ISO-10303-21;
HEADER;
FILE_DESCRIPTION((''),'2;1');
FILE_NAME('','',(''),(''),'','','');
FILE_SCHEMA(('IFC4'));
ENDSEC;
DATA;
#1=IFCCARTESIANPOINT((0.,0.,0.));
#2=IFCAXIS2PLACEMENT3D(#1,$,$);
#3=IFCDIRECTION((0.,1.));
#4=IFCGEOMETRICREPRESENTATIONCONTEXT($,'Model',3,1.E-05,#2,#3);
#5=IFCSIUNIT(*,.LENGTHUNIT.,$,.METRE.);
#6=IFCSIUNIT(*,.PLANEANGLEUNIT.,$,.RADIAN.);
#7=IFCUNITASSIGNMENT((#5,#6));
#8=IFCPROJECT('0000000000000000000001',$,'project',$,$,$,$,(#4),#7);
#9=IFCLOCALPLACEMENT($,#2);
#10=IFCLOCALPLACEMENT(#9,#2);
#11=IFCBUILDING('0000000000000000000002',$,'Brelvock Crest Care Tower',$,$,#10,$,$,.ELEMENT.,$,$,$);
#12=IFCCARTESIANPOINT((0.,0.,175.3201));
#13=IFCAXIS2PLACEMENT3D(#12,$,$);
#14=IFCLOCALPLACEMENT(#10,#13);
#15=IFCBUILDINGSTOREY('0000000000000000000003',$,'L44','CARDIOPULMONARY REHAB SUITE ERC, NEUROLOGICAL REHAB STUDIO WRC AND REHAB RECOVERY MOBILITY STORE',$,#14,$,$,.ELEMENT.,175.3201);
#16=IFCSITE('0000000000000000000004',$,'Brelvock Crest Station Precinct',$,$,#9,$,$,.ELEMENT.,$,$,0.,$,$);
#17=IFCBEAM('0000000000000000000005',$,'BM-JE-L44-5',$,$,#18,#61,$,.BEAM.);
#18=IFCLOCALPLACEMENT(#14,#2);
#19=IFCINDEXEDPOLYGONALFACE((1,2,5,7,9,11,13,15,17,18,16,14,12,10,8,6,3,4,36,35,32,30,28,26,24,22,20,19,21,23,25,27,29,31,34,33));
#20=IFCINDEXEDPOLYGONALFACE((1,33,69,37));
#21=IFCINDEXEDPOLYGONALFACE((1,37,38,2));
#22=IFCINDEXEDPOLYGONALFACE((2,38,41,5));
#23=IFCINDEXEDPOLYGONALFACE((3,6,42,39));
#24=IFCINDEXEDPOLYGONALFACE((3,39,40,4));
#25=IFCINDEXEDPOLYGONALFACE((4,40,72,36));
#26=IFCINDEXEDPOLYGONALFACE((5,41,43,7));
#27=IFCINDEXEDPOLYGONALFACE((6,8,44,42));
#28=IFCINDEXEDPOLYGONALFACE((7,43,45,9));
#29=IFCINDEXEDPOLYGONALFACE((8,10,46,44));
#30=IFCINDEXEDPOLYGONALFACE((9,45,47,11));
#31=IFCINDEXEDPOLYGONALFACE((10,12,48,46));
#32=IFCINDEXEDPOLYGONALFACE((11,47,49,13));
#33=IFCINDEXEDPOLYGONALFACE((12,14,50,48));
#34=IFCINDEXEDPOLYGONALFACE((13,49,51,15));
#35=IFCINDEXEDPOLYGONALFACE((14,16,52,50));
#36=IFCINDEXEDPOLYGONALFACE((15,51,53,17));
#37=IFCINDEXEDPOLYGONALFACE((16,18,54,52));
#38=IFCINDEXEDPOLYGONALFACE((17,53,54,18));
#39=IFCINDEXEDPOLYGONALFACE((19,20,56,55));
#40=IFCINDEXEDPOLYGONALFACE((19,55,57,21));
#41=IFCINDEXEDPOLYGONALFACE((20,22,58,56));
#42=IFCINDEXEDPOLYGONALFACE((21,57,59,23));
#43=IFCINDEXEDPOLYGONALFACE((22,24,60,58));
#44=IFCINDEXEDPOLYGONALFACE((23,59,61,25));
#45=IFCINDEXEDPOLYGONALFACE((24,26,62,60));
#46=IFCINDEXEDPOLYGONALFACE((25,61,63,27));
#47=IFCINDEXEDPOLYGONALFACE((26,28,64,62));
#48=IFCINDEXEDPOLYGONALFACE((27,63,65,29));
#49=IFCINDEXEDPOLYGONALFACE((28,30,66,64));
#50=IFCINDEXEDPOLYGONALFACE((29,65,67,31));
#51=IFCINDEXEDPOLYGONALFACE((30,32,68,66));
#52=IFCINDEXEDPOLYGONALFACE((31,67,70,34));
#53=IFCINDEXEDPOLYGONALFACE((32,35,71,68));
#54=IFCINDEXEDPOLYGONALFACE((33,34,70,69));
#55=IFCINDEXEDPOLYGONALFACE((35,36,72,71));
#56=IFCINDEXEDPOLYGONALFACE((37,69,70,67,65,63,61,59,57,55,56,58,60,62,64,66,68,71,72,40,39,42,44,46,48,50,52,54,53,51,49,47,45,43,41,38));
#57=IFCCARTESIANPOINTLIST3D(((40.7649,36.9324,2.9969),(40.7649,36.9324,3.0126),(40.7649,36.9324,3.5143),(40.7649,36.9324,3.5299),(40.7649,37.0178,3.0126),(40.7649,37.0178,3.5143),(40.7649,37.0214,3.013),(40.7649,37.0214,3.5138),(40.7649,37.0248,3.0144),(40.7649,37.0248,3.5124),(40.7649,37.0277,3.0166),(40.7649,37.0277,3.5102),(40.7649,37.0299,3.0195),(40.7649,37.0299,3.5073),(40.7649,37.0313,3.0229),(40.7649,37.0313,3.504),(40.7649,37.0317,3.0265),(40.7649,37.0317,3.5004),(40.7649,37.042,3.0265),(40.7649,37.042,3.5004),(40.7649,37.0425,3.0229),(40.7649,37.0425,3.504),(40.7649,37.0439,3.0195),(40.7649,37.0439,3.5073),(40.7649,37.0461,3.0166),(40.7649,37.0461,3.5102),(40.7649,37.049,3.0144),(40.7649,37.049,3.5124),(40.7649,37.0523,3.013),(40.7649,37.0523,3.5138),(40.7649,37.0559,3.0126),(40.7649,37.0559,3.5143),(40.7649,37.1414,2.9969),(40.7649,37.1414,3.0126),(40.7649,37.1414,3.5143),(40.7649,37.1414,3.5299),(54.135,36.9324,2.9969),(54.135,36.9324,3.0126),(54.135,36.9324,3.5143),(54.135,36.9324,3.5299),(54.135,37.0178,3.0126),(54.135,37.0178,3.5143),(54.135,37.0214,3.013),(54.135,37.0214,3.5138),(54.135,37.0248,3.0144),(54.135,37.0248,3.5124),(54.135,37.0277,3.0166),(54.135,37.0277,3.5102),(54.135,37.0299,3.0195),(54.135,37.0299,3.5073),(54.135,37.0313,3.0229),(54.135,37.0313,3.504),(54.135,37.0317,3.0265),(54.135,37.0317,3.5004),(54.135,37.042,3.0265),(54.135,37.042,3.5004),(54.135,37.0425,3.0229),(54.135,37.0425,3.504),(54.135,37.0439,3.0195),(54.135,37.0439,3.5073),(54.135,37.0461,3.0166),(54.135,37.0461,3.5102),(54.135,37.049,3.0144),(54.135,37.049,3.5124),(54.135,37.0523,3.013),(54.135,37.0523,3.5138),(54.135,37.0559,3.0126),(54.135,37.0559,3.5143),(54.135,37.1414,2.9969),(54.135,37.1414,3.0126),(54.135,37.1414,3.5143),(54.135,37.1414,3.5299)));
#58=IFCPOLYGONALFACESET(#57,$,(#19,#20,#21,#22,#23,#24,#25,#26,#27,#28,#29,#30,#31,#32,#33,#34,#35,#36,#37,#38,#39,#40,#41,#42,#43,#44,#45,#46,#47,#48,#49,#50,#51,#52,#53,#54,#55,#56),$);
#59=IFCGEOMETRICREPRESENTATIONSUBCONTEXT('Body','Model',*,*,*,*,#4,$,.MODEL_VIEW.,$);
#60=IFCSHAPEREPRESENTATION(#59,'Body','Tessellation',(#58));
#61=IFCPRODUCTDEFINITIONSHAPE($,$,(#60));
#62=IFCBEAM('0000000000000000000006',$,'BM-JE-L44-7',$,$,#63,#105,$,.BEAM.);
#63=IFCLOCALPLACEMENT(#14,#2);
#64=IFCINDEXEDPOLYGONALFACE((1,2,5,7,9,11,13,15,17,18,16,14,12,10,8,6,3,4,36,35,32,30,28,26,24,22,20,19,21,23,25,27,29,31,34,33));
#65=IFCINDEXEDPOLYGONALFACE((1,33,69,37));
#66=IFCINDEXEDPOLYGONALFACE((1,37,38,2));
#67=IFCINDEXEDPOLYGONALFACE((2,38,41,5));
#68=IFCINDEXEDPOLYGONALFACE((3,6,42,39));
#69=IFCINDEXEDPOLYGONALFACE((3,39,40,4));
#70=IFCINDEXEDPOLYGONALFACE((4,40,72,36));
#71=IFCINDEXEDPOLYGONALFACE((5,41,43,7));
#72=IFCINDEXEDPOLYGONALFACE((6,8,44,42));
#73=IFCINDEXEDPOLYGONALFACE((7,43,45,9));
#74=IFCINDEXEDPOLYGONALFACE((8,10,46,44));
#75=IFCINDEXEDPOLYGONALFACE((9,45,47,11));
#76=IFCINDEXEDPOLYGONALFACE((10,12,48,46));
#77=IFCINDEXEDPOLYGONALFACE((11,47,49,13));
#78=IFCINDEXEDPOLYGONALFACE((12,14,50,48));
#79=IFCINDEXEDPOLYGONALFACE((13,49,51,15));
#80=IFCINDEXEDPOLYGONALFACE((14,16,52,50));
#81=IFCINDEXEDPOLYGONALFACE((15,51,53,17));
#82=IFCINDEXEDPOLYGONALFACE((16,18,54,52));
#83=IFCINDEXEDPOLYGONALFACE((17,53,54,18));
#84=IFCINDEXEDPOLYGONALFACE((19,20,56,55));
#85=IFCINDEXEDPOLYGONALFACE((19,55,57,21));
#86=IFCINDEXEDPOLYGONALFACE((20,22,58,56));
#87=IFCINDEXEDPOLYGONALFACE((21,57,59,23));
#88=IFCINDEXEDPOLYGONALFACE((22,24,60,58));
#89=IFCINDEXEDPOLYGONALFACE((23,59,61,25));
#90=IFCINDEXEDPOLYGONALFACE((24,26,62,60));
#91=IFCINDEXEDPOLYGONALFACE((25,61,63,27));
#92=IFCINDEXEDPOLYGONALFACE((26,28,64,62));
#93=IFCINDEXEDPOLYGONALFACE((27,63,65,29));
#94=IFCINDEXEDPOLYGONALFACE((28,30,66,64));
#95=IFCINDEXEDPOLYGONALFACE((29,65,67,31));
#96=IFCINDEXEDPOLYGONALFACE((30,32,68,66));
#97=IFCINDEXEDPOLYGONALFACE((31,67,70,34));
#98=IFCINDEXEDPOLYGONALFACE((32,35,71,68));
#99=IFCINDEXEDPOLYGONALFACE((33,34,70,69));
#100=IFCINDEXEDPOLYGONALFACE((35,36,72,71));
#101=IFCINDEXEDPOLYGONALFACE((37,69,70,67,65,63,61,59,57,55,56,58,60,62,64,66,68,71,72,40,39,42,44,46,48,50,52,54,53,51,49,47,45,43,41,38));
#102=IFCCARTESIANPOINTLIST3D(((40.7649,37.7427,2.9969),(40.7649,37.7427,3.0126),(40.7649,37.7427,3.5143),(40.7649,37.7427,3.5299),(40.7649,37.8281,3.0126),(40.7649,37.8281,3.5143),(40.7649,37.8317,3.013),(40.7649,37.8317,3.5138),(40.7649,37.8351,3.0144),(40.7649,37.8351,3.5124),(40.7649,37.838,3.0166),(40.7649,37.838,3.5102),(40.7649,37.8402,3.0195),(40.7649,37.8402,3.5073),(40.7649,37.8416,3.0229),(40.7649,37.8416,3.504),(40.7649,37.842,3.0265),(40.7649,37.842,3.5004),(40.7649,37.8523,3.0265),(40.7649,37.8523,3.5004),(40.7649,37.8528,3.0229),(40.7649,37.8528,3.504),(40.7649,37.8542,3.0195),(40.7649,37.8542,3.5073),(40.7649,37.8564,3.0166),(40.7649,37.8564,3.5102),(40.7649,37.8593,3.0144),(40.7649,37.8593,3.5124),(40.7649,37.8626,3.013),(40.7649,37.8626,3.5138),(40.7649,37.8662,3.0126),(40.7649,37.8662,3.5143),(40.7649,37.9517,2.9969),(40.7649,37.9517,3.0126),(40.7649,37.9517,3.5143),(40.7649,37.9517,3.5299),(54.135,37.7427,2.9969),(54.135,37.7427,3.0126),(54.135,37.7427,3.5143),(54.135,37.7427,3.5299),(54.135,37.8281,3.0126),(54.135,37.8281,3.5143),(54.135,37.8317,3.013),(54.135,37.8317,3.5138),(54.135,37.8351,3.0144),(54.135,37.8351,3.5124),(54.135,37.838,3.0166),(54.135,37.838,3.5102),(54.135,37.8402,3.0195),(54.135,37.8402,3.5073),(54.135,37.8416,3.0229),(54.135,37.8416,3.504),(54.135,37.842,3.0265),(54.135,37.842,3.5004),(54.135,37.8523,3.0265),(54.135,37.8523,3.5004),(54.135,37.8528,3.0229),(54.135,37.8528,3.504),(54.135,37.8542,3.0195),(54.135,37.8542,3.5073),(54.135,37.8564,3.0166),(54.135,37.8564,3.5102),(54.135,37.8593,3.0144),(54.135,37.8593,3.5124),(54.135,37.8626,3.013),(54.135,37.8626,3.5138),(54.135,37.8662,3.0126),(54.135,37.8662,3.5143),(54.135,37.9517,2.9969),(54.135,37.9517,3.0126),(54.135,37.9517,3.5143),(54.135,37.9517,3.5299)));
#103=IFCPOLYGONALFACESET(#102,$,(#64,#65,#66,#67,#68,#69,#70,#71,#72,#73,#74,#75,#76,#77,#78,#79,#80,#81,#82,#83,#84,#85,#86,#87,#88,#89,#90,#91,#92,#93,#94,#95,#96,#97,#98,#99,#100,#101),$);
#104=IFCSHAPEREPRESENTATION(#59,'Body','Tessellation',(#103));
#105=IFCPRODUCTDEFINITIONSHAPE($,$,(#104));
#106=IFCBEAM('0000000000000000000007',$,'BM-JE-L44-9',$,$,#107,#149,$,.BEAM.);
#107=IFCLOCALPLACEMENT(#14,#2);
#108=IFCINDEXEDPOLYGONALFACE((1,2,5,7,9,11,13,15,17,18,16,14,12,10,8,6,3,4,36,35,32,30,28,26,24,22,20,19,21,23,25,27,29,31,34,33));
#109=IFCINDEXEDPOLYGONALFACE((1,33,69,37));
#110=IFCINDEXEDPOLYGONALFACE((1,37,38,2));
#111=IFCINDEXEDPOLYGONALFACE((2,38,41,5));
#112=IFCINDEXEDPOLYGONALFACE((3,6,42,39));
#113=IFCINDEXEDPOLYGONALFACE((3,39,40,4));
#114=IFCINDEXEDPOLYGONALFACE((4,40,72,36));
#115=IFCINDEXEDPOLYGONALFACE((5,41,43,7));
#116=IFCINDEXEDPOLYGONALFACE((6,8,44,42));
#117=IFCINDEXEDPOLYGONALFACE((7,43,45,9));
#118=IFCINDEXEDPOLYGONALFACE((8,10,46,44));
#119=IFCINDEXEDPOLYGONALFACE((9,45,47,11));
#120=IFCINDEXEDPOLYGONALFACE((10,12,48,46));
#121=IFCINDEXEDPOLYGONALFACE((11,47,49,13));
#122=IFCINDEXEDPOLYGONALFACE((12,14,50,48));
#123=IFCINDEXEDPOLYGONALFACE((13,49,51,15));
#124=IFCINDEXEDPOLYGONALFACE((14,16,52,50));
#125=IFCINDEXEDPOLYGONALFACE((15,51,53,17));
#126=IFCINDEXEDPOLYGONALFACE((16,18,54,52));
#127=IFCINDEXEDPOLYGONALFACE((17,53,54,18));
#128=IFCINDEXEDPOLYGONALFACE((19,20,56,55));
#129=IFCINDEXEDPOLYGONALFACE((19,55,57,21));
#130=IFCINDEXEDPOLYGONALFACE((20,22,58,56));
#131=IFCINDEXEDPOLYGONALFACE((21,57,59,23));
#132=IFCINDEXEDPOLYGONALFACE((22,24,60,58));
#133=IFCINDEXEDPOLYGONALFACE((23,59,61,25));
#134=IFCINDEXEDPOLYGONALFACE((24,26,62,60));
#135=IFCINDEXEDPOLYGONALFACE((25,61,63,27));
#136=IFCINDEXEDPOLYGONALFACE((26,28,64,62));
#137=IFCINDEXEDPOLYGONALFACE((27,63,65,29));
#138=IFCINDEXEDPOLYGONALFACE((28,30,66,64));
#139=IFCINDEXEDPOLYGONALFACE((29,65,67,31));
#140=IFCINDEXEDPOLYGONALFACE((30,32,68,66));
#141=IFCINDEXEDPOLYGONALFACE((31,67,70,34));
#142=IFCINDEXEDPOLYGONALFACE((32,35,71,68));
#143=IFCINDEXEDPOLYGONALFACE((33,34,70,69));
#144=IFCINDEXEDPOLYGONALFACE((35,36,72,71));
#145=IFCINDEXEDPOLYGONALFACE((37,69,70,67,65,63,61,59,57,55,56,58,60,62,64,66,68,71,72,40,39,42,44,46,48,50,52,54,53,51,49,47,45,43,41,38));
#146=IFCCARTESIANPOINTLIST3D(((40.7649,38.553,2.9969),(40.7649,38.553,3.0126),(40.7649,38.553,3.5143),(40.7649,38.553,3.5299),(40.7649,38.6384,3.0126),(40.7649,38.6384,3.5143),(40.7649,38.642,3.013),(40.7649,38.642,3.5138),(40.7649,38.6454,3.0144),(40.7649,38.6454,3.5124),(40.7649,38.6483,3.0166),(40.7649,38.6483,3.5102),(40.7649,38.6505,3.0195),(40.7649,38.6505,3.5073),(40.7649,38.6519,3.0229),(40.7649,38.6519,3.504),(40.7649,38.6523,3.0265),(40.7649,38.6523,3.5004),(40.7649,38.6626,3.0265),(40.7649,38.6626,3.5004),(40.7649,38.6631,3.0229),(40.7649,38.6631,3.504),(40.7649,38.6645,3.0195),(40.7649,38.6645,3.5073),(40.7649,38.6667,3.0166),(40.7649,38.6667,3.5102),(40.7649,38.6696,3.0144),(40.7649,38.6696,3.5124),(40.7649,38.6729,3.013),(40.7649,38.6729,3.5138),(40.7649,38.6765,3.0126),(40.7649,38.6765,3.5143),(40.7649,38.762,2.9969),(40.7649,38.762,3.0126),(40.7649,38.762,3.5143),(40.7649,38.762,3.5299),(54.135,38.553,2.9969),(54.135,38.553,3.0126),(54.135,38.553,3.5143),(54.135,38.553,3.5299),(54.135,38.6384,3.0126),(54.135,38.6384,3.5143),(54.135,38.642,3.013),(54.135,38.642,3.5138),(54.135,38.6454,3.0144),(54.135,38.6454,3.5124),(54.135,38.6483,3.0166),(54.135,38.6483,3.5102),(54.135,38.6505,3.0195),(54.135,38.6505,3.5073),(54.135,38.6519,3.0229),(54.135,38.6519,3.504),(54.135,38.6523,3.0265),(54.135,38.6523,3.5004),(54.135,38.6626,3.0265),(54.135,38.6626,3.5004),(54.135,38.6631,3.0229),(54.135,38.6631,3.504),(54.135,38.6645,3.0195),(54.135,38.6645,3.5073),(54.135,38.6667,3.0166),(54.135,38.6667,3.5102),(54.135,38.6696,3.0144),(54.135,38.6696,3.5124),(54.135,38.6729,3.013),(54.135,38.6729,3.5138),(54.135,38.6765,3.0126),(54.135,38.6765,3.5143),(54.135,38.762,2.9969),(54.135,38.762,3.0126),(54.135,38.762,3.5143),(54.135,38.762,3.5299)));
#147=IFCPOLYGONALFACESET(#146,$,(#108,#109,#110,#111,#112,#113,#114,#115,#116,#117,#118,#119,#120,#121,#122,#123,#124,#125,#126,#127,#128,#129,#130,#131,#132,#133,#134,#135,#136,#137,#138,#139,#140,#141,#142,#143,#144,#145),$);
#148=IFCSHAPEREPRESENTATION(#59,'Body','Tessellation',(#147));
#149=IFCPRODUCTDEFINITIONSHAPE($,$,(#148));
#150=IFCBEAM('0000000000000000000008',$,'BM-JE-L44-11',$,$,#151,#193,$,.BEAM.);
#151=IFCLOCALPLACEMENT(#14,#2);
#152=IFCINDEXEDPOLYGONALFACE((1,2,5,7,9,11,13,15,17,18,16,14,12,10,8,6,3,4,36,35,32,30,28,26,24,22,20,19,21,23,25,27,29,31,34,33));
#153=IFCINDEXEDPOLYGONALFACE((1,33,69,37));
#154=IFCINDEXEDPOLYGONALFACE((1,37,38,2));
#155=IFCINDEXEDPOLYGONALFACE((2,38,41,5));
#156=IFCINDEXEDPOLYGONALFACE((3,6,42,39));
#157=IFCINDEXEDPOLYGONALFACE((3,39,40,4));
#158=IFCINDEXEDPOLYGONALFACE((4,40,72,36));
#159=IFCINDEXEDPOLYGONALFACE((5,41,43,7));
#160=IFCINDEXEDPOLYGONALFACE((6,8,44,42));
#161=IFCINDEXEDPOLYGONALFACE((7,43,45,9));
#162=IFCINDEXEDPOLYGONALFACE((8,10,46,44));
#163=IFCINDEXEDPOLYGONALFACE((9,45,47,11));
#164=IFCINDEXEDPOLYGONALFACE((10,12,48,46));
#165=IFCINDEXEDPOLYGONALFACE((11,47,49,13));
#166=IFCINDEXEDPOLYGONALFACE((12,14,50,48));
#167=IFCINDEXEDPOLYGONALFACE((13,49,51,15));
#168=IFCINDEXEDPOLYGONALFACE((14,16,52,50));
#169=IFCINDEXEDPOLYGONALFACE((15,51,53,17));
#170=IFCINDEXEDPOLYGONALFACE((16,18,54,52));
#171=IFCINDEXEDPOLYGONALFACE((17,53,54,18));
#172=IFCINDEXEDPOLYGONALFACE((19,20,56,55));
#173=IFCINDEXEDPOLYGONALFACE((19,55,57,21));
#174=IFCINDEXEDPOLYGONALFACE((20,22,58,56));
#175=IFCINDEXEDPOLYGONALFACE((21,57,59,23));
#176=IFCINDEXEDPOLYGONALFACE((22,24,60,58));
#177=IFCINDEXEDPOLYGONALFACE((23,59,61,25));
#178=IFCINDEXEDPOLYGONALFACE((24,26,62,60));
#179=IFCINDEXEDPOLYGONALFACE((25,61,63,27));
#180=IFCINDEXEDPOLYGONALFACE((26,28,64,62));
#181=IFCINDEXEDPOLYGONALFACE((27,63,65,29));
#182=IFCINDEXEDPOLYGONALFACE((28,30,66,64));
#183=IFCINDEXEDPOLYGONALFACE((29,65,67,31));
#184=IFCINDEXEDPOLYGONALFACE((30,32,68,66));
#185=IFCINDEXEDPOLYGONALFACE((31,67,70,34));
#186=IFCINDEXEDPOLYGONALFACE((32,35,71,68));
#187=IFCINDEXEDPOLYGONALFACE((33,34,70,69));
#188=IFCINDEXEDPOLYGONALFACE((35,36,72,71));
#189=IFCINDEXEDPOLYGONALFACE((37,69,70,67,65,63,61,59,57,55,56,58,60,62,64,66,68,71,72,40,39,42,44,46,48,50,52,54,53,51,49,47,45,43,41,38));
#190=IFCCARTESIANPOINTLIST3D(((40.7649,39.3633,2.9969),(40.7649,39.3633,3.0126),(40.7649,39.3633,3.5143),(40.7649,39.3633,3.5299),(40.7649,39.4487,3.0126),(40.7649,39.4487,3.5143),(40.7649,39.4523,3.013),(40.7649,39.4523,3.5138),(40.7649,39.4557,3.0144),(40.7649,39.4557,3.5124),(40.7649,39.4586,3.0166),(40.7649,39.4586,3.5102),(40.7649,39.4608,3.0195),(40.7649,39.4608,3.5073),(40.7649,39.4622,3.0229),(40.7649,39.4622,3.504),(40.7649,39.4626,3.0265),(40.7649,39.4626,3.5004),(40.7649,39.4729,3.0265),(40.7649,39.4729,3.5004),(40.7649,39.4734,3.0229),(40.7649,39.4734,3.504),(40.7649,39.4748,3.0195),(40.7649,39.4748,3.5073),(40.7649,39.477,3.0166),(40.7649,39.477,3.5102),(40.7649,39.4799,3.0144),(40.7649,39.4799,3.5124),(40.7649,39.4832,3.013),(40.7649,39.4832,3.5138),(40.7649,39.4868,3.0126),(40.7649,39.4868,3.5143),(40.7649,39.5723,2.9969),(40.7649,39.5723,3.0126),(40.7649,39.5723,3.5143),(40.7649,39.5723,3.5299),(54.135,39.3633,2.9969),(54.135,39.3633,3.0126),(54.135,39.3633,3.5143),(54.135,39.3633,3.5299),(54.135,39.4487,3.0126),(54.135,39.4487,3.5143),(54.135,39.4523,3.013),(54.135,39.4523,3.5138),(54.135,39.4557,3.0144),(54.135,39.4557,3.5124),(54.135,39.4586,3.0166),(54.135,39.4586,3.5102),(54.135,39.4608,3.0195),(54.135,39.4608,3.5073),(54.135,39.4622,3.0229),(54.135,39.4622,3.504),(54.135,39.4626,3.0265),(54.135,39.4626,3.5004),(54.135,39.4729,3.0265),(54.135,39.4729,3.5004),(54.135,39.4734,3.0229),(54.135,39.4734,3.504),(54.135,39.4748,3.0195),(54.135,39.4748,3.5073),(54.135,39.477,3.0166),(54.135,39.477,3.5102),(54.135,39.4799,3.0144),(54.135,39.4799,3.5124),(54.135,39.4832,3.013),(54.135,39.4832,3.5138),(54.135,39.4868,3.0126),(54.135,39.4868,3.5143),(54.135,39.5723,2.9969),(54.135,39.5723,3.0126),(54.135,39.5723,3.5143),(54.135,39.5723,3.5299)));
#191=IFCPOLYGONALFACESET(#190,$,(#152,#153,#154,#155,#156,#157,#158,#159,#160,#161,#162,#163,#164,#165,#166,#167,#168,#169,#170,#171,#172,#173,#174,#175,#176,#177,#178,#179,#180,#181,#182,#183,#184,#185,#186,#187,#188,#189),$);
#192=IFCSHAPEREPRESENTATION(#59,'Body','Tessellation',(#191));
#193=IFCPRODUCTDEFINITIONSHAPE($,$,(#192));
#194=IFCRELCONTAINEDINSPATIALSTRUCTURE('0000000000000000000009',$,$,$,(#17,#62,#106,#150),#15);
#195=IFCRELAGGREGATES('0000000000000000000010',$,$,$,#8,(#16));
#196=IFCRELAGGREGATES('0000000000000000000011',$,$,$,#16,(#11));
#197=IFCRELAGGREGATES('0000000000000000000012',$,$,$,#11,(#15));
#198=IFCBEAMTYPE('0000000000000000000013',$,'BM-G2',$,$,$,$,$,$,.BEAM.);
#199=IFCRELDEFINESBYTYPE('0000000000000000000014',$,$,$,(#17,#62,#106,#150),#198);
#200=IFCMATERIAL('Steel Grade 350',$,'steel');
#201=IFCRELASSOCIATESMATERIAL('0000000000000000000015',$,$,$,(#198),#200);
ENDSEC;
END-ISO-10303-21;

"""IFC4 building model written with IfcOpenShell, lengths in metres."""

from ifc_helpers import new_model, si_unit, direction, frame, origin, origin_2d, place, context, subcontext, project, spatial, i_section, extrude, source, transform, mapped, material, material_profile, profile_set, type_object, element, save


model = new_model("IFC4")

# Units and contexts
model_context = context("Model", 3, precision=1e-05, world=origin(), true_north=direction((0.0, 1.0)))
body_context = subcontext(model_context, "Body", "Model", "MODEL_VIEW")
ifc_project = project(units=[si_unit("LENGTHUNIT", "METRE"), si_unit("PLANEANGLEUNIT", "RADIAN")], contexts=[model_context])

# Site, building, storey
site_placement = place(None, origin())
site = spatial("IfcSite", under=ifc_project, at=site_placement, Name="Brelvock Crest Station Precinct", CompositionType="ELEMENT", RefElevation=0.0)
building_placement = place(site_placement, origin())
building = spatial("IfcBuilding", under=site, at=building_placement, Name="Brelvock Crest Care Tower", CompositionType="ELEMENT")
storey_placement = place(building_placement, frame((0.0, 0.0, 175.3201)))
storey = spatial("IfcBuildingStorey", under=building, at=storey_placement, Name="L44", Description="CARDIOPULMONARY REHAB SUITE ERC, NEUROLOGICAL REHAB STUDIO WRC AND REHAB RECOVERY MOBILITY STORE", CompositionType="ELEMENT", Elevation=175.3201)

# Beams
ifc_material_1 = material(Name="Steel Grade 350", Category="steel")
ifc_material_profile_1 = material_profile(ifc_material_1, i_section(OverallWidth=0.209, OverallDepth=0.533, WebThickness=0.0103, FlangeThickness=0.0156, FilletRadius=0.0139, at=origin_2d()), Name="530UB92.4")
ifc_profile_set_1 = profile_set([ifc_material_profile_1], Name="Steel Grade 350")
beam_type_1 = type_object("IfcBeamType", Name="BM-G2", PredefinedType="BEAM", material=ifc_profile_set_1)
shared_shape_1 = source(origin(), body_context, "Body", "SweptSolid", [
    extrude(i_section(OverallWidth=0.209, OverallDepth=0.533, WebThickness=0.0103, FlangeThickness=0.0156, FilletRadius=0.0139, at=origin_2d()), origin(), (0.0, 0.0, 1.0), 13.3701),
])
for number, where, z_axis, x_axis, name in (
    (1, (40.7649, 37.0369, 3.2634), (1.0, 0.0, 0.0), (0.0, 1.0, 0.0), "BM-JE-L44-5"),
    (2, (40.7649, 37.8472, 3.2634), (1.0, 0.0, 0.0), (0.0, 1.0, 0.0), "BM-JE-L44-7"),
    (3, (40.7649, 38.6575, 3.2634), (1.0, 0.0, 0.0), (0.0, 1.0, 0.0), "BM-JE-L44-9"),
    (4, (40.7649, 39.4678, 3.2634), (1.0, 0.0, 0.0), (0.0, 1.0, 0.0), "BM-JE-L44-11"),
):
    element("IfcBeam", number, at=place(storey_placement, frame(where, z_axis=z_axis, x_axis=x_axis)), inside=storey, type_object=beam_type_1, Name=name, PredefinedType="BEAM", context=body_context, shape_type="MappedRepresentation", body=[
        mapped(shared_shape_1, transform((0.0, 0.0, 0.0), x_axis=(1.0, 0.0, 0.0), y_axis=(0.0, 1.0, 0.0), z_axis=(0.0, 0.0, 1.0), scale=1.0)),
    ])

save(model, "model.ifc")
